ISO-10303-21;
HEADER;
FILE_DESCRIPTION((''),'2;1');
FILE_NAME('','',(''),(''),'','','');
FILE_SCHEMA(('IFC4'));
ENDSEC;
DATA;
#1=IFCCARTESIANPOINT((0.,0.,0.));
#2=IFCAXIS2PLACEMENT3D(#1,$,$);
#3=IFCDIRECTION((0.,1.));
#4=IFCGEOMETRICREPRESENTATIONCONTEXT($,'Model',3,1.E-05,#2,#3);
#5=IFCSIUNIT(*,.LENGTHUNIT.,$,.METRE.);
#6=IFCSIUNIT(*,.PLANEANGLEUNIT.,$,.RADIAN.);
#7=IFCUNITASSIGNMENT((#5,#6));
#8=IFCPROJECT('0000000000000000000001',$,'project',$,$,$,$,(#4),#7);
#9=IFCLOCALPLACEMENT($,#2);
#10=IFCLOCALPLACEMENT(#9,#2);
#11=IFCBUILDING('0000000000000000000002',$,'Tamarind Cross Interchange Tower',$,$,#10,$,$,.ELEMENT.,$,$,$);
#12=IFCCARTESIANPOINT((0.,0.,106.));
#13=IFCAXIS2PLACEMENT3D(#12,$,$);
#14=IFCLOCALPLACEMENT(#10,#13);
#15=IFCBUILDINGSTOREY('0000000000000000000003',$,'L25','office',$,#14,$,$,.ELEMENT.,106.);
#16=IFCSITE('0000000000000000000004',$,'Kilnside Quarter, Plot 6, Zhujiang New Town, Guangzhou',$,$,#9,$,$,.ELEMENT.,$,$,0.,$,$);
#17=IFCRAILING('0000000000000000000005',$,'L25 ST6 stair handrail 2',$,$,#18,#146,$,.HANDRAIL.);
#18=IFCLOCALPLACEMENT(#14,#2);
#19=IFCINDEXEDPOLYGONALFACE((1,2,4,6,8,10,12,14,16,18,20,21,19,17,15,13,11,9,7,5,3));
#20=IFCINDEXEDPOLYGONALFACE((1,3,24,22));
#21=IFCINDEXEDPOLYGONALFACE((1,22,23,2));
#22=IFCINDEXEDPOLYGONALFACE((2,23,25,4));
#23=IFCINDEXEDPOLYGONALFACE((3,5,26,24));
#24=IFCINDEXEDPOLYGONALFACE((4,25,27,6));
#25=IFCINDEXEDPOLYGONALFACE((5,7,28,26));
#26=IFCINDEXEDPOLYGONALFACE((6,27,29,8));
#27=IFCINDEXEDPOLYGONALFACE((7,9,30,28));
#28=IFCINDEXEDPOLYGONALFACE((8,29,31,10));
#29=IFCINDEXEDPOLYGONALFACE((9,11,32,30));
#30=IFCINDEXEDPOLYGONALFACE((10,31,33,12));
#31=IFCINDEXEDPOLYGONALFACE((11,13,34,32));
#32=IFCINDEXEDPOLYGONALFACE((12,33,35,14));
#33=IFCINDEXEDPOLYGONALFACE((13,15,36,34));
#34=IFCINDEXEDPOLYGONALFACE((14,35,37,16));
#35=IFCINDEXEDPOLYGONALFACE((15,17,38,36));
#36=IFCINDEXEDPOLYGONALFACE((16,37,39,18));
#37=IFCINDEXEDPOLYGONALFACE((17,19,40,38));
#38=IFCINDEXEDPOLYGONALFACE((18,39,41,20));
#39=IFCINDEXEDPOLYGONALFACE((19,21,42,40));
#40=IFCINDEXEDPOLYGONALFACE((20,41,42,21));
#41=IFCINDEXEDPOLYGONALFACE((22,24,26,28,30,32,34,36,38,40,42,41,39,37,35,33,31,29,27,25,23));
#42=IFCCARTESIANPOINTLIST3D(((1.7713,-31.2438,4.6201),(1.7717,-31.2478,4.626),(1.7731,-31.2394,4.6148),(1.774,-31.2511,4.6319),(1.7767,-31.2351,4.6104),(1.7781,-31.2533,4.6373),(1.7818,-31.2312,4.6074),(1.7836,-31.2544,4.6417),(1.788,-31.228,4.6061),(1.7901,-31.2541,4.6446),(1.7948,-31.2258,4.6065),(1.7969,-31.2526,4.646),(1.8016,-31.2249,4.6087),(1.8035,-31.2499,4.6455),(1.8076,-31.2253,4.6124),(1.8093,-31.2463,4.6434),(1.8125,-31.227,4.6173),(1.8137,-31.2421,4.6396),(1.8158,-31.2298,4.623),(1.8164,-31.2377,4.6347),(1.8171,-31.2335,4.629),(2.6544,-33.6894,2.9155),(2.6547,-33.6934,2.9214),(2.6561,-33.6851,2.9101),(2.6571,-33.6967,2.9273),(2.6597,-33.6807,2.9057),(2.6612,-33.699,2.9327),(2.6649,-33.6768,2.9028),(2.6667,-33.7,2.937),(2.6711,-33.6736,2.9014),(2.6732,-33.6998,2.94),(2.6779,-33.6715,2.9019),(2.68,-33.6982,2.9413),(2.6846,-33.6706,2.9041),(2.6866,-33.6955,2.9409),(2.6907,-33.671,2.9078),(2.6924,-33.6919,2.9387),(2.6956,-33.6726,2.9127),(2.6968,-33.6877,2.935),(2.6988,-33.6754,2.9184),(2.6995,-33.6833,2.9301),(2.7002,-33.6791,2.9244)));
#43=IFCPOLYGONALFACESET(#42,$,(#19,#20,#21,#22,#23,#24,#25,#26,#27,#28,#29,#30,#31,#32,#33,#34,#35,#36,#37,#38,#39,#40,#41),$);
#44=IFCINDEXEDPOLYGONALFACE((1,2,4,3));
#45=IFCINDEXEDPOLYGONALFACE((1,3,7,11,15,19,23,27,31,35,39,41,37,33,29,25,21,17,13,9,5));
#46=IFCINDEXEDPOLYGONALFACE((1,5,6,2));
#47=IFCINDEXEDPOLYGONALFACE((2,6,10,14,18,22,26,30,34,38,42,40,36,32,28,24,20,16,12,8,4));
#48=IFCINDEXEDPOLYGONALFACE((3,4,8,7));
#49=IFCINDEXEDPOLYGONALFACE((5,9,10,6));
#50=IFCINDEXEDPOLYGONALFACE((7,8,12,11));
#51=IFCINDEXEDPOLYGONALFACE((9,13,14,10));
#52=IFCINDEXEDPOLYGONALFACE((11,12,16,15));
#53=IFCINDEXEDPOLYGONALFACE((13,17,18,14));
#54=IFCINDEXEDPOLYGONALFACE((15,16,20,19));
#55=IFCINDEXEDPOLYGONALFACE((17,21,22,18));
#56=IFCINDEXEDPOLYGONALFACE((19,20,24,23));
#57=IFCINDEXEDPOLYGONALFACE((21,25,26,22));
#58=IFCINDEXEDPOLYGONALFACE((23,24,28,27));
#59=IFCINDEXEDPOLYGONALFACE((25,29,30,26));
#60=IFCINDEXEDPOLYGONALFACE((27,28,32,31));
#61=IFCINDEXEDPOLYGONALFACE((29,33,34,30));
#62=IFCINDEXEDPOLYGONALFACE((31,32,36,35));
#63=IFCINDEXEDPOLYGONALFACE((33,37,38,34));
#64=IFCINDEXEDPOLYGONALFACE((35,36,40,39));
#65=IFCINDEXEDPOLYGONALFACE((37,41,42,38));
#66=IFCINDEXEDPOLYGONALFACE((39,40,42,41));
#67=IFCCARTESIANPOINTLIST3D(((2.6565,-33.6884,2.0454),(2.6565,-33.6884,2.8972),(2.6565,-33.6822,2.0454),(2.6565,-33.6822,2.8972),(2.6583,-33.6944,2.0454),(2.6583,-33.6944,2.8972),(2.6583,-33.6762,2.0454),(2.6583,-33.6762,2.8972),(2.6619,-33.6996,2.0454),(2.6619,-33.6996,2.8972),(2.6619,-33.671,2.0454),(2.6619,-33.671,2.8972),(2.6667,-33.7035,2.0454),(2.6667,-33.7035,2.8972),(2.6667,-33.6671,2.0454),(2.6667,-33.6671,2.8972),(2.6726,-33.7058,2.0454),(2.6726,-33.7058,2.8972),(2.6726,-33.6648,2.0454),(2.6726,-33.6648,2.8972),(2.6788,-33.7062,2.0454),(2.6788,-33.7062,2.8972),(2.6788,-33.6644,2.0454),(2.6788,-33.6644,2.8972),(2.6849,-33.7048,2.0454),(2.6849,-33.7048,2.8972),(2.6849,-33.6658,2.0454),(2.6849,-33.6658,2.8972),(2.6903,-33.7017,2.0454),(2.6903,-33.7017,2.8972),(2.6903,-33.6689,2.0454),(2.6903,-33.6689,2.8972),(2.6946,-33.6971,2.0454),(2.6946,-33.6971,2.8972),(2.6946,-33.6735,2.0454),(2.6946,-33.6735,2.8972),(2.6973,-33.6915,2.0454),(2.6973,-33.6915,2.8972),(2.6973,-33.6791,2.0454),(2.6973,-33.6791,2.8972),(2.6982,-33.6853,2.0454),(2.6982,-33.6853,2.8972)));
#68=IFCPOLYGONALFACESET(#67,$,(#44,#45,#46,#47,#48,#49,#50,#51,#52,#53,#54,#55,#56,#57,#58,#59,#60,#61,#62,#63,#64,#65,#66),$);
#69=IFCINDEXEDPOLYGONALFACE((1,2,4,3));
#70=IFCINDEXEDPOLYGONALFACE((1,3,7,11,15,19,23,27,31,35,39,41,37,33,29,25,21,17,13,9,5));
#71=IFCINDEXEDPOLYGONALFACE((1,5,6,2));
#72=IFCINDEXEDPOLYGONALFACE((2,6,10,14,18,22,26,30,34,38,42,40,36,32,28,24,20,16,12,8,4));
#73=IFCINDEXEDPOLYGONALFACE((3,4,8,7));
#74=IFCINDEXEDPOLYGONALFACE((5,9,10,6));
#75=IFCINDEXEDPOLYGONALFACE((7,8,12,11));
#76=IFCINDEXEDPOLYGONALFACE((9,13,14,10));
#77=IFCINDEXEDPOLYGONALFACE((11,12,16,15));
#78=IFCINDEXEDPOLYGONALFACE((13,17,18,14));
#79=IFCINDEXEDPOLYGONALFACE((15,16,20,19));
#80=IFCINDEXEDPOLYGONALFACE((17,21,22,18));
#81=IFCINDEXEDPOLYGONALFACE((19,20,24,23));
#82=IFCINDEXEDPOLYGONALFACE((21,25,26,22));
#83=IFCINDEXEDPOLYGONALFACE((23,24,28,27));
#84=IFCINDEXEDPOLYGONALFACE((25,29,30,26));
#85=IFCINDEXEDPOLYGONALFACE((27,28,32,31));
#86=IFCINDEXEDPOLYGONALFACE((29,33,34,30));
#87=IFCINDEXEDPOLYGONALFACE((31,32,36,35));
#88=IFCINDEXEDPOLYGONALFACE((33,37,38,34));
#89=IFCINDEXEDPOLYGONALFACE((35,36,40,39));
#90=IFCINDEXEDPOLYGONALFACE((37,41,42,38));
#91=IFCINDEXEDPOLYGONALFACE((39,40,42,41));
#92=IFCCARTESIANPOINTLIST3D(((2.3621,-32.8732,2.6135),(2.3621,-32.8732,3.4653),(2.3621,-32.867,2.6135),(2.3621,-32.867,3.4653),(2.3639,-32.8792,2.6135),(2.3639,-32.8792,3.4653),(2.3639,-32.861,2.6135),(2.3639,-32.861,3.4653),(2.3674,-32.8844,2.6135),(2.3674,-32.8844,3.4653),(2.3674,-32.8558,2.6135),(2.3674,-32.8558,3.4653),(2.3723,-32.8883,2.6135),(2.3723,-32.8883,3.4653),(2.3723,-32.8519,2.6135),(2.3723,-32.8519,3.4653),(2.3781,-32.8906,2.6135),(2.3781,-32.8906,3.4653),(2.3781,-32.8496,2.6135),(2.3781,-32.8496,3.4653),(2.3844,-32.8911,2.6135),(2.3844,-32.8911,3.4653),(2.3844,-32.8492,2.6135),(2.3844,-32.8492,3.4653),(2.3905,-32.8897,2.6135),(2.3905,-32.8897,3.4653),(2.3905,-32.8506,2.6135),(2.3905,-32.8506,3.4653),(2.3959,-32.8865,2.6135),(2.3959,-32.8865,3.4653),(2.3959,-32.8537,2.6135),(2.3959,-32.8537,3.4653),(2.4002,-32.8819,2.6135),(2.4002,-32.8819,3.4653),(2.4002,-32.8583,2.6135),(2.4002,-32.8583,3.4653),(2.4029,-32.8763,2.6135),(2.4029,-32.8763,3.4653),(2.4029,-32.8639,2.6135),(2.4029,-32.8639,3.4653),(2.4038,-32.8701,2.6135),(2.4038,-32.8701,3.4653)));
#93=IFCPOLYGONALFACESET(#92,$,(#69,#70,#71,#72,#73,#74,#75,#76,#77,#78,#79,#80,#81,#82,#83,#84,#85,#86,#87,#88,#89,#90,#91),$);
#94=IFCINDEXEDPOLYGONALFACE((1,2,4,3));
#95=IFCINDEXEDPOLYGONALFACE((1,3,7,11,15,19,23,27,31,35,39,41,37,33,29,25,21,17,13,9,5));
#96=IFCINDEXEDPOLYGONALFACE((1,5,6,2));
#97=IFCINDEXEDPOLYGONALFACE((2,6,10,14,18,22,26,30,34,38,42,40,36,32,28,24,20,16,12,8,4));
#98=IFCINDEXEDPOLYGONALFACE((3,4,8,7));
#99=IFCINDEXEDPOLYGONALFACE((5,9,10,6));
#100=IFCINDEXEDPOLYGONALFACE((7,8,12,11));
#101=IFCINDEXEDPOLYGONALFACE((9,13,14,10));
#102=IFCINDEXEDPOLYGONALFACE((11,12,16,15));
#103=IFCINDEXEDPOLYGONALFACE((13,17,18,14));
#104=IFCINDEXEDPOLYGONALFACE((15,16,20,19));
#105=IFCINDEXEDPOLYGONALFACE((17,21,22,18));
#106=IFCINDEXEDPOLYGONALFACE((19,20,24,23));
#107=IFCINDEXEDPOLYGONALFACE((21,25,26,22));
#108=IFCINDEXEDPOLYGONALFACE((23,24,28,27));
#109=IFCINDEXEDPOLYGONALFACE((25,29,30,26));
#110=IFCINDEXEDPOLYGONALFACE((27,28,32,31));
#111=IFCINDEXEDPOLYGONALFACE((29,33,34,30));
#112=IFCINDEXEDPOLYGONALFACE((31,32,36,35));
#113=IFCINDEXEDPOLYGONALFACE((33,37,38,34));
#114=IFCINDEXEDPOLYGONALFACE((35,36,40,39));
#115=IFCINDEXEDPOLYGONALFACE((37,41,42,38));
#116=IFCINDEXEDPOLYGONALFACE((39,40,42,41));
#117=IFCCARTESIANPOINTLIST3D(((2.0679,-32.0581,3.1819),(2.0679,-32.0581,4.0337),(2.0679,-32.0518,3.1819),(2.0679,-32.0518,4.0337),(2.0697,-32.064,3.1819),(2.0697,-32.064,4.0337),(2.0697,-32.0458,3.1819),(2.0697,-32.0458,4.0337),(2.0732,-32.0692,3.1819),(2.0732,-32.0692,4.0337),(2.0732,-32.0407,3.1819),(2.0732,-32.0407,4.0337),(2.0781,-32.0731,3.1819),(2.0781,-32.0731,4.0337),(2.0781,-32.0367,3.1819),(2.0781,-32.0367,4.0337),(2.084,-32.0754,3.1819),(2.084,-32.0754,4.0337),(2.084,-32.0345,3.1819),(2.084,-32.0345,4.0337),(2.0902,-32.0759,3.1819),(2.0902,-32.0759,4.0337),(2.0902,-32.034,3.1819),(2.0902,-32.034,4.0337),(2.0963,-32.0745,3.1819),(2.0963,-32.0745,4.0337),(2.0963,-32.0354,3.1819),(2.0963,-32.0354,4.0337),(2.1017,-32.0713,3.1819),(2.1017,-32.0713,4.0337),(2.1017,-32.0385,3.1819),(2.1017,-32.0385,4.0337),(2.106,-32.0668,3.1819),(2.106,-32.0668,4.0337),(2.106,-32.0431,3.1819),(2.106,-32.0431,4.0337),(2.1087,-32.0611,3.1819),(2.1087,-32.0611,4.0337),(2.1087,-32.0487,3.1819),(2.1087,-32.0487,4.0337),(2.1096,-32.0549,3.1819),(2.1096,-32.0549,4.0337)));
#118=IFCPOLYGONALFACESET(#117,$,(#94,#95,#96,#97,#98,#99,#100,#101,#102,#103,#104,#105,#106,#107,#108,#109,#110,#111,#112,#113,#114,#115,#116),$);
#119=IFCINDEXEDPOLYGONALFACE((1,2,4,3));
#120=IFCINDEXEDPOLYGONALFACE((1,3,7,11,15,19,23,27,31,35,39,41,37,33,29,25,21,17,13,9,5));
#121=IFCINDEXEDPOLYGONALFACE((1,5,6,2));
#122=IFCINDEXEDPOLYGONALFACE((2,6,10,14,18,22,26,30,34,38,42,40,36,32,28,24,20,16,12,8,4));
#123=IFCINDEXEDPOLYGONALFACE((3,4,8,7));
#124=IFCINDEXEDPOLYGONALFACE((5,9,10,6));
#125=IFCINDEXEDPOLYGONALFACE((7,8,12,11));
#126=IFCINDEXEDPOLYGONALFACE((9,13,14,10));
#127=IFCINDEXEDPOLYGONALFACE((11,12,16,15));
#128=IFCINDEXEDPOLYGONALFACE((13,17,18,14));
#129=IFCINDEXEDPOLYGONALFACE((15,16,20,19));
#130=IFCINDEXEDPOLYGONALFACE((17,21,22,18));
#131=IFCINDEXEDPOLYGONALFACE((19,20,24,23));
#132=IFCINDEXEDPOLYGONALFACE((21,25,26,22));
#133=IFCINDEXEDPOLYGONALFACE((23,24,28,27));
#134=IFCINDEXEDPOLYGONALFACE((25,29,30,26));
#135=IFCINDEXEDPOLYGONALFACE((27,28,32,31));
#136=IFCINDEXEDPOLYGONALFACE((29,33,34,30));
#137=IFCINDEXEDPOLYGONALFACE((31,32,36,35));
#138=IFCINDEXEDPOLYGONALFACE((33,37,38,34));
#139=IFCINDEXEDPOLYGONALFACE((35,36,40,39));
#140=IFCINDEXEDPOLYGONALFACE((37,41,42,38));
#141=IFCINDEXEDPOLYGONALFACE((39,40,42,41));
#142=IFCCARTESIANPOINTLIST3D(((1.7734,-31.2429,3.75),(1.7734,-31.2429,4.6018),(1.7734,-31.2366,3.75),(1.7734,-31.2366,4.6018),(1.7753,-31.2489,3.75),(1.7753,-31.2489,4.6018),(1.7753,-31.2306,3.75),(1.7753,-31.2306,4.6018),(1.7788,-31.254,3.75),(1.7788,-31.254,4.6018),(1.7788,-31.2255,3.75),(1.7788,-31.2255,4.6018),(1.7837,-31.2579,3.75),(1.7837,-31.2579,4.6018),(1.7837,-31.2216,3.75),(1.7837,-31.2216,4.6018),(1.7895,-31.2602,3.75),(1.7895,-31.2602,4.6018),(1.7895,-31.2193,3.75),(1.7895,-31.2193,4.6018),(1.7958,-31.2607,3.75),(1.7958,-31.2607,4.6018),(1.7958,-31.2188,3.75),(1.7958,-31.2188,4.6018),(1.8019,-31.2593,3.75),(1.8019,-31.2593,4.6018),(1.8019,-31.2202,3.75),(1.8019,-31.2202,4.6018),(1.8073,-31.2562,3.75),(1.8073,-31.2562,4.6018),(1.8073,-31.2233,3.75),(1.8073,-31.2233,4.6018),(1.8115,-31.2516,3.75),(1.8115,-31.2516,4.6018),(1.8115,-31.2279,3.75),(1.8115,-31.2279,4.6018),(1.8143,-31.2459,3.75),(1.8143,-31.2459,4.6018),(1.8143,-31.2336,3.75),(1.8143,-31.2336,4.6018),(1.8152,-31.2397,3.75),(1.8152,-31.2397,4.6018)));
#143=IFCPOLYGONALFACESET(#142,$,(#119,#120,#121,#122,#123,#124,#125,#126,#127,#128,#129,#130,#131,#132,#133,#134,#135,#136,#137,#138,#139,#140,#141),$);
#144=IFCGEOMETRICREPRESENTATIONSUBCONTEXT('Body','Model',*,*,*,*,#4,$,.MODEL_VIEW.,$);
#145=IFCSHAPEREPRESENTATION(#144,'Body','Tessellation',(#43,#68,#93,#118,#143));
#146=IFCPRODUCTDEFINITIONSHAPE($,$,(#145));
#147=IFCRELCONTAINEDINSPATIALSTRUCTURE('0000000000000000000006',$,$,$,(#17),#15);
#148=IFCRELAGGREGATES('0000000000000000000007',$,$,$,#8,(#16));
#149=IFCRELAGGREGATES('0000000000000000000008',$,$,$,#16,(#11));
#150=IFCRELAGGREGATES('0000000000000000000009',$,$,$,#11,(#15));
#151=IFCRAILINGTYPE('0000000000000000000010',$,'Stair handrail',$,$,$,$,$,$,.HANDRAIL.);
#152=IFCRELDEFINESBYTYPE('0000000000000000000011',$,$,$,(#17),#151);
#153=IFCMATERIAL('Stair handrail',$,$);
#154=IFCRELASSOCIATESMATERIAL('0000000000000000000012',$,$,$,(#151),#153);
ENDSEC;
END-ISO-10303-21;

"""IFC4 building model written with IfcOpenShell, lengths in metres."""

from ifc_helpers import new_model, si_unit, direction, frame, origin, origin_2d, place, context, subcontext, project, spatial, circle, extrude, material, type_object, element, save


model = new_model("IFC4")

# Units and contexts
model_context = context("Model", 3, precision=1e-05, world=origin(), true_north=direction((0.0, 1.0)))
body_context = subcontext(model_context, "Body", "Model", "MODEL_VIEW")
ifc_project = project(units=[si_unit("LENGTHUNIT", "METRE"), si_unit("PLANEANGLEUNIT", "RADIAN")], contexts=[model_context])

# Site, building, storey
site_placement = place(None, origin())
site = spatial("IfcSite", under=ifc_project, at=site_placement, Name="Kilnside Quarter, Plot 6, Zhujiang New Town, Guangzhou", CompositionType="ELEMENT", RefElevation=0.0)
building_placement = place(site_placement, origin())
building = spatial("IfcBuilding", under=site, at=building_placement, Name="Tamarind Cross Interchange Tower", CompositionType="ELEMENT")
storey_placement = place(building_placement, frame((0.0, 0.0, 106.0)))
storey = spatial("IfcBuildingStorey", under=building, at=storey_placement, Name="L25", Description="office", CompositionType="ELEMENT", Elevation=106.0)

# Railing
ifc_material_1 = material(Name="Stair handrail")
railing_type_1 = type_object("IfcRailingType", Name="Stair handrail", PredefinedType="HANDRAIL", material=ifc_material_1)
railing_1_placement = place(storey_placement, frame((2.6772, -33.6853, 2.0454)))
element("IfcRailing", 1, at=railing_1_placement, inside=storey, type_object=railing_type_1, Name="L25 ST6 stair handrail 2", PredefinedType="HANDRAIL", context=body_context, shape_type="SweptSolid", body=[
    extrude(circle(Radius=0.0239, at=origin_2d()), frame((0.0, 0.0, 0.876), z_axis=(-0.284028, 0.786594, 0.548268), x_axis=(-0.940561, -0.339624, 0.0)), (0.0, 0.0, 1.0), 3.1091),
    extrude(circle(Radius=0.021, at=origin_2d()), origin(), (0.0, 0.0, 1.0), 0.8518),
    extrude(circle(Radius=0.021, at=origin_2d()), frame((-0.2944, 0.8152, 0.5681)), (0.0, 0.0, 1.0), 0.8518),
    extrude(circle(Radius=0.021, at=origin_2d()), frame((-0.5886, 1.6304, 1.1365)), (0.0, 0.0, 1.0), 0.8518),
    extrude(circle(Radius=0.021, at=origin_2d()), frame((-0.8831, 2.4456, 1.7046)), (0.0, 0.0, 1.0), 0.8518),
])

save(model, "model.ifc")
